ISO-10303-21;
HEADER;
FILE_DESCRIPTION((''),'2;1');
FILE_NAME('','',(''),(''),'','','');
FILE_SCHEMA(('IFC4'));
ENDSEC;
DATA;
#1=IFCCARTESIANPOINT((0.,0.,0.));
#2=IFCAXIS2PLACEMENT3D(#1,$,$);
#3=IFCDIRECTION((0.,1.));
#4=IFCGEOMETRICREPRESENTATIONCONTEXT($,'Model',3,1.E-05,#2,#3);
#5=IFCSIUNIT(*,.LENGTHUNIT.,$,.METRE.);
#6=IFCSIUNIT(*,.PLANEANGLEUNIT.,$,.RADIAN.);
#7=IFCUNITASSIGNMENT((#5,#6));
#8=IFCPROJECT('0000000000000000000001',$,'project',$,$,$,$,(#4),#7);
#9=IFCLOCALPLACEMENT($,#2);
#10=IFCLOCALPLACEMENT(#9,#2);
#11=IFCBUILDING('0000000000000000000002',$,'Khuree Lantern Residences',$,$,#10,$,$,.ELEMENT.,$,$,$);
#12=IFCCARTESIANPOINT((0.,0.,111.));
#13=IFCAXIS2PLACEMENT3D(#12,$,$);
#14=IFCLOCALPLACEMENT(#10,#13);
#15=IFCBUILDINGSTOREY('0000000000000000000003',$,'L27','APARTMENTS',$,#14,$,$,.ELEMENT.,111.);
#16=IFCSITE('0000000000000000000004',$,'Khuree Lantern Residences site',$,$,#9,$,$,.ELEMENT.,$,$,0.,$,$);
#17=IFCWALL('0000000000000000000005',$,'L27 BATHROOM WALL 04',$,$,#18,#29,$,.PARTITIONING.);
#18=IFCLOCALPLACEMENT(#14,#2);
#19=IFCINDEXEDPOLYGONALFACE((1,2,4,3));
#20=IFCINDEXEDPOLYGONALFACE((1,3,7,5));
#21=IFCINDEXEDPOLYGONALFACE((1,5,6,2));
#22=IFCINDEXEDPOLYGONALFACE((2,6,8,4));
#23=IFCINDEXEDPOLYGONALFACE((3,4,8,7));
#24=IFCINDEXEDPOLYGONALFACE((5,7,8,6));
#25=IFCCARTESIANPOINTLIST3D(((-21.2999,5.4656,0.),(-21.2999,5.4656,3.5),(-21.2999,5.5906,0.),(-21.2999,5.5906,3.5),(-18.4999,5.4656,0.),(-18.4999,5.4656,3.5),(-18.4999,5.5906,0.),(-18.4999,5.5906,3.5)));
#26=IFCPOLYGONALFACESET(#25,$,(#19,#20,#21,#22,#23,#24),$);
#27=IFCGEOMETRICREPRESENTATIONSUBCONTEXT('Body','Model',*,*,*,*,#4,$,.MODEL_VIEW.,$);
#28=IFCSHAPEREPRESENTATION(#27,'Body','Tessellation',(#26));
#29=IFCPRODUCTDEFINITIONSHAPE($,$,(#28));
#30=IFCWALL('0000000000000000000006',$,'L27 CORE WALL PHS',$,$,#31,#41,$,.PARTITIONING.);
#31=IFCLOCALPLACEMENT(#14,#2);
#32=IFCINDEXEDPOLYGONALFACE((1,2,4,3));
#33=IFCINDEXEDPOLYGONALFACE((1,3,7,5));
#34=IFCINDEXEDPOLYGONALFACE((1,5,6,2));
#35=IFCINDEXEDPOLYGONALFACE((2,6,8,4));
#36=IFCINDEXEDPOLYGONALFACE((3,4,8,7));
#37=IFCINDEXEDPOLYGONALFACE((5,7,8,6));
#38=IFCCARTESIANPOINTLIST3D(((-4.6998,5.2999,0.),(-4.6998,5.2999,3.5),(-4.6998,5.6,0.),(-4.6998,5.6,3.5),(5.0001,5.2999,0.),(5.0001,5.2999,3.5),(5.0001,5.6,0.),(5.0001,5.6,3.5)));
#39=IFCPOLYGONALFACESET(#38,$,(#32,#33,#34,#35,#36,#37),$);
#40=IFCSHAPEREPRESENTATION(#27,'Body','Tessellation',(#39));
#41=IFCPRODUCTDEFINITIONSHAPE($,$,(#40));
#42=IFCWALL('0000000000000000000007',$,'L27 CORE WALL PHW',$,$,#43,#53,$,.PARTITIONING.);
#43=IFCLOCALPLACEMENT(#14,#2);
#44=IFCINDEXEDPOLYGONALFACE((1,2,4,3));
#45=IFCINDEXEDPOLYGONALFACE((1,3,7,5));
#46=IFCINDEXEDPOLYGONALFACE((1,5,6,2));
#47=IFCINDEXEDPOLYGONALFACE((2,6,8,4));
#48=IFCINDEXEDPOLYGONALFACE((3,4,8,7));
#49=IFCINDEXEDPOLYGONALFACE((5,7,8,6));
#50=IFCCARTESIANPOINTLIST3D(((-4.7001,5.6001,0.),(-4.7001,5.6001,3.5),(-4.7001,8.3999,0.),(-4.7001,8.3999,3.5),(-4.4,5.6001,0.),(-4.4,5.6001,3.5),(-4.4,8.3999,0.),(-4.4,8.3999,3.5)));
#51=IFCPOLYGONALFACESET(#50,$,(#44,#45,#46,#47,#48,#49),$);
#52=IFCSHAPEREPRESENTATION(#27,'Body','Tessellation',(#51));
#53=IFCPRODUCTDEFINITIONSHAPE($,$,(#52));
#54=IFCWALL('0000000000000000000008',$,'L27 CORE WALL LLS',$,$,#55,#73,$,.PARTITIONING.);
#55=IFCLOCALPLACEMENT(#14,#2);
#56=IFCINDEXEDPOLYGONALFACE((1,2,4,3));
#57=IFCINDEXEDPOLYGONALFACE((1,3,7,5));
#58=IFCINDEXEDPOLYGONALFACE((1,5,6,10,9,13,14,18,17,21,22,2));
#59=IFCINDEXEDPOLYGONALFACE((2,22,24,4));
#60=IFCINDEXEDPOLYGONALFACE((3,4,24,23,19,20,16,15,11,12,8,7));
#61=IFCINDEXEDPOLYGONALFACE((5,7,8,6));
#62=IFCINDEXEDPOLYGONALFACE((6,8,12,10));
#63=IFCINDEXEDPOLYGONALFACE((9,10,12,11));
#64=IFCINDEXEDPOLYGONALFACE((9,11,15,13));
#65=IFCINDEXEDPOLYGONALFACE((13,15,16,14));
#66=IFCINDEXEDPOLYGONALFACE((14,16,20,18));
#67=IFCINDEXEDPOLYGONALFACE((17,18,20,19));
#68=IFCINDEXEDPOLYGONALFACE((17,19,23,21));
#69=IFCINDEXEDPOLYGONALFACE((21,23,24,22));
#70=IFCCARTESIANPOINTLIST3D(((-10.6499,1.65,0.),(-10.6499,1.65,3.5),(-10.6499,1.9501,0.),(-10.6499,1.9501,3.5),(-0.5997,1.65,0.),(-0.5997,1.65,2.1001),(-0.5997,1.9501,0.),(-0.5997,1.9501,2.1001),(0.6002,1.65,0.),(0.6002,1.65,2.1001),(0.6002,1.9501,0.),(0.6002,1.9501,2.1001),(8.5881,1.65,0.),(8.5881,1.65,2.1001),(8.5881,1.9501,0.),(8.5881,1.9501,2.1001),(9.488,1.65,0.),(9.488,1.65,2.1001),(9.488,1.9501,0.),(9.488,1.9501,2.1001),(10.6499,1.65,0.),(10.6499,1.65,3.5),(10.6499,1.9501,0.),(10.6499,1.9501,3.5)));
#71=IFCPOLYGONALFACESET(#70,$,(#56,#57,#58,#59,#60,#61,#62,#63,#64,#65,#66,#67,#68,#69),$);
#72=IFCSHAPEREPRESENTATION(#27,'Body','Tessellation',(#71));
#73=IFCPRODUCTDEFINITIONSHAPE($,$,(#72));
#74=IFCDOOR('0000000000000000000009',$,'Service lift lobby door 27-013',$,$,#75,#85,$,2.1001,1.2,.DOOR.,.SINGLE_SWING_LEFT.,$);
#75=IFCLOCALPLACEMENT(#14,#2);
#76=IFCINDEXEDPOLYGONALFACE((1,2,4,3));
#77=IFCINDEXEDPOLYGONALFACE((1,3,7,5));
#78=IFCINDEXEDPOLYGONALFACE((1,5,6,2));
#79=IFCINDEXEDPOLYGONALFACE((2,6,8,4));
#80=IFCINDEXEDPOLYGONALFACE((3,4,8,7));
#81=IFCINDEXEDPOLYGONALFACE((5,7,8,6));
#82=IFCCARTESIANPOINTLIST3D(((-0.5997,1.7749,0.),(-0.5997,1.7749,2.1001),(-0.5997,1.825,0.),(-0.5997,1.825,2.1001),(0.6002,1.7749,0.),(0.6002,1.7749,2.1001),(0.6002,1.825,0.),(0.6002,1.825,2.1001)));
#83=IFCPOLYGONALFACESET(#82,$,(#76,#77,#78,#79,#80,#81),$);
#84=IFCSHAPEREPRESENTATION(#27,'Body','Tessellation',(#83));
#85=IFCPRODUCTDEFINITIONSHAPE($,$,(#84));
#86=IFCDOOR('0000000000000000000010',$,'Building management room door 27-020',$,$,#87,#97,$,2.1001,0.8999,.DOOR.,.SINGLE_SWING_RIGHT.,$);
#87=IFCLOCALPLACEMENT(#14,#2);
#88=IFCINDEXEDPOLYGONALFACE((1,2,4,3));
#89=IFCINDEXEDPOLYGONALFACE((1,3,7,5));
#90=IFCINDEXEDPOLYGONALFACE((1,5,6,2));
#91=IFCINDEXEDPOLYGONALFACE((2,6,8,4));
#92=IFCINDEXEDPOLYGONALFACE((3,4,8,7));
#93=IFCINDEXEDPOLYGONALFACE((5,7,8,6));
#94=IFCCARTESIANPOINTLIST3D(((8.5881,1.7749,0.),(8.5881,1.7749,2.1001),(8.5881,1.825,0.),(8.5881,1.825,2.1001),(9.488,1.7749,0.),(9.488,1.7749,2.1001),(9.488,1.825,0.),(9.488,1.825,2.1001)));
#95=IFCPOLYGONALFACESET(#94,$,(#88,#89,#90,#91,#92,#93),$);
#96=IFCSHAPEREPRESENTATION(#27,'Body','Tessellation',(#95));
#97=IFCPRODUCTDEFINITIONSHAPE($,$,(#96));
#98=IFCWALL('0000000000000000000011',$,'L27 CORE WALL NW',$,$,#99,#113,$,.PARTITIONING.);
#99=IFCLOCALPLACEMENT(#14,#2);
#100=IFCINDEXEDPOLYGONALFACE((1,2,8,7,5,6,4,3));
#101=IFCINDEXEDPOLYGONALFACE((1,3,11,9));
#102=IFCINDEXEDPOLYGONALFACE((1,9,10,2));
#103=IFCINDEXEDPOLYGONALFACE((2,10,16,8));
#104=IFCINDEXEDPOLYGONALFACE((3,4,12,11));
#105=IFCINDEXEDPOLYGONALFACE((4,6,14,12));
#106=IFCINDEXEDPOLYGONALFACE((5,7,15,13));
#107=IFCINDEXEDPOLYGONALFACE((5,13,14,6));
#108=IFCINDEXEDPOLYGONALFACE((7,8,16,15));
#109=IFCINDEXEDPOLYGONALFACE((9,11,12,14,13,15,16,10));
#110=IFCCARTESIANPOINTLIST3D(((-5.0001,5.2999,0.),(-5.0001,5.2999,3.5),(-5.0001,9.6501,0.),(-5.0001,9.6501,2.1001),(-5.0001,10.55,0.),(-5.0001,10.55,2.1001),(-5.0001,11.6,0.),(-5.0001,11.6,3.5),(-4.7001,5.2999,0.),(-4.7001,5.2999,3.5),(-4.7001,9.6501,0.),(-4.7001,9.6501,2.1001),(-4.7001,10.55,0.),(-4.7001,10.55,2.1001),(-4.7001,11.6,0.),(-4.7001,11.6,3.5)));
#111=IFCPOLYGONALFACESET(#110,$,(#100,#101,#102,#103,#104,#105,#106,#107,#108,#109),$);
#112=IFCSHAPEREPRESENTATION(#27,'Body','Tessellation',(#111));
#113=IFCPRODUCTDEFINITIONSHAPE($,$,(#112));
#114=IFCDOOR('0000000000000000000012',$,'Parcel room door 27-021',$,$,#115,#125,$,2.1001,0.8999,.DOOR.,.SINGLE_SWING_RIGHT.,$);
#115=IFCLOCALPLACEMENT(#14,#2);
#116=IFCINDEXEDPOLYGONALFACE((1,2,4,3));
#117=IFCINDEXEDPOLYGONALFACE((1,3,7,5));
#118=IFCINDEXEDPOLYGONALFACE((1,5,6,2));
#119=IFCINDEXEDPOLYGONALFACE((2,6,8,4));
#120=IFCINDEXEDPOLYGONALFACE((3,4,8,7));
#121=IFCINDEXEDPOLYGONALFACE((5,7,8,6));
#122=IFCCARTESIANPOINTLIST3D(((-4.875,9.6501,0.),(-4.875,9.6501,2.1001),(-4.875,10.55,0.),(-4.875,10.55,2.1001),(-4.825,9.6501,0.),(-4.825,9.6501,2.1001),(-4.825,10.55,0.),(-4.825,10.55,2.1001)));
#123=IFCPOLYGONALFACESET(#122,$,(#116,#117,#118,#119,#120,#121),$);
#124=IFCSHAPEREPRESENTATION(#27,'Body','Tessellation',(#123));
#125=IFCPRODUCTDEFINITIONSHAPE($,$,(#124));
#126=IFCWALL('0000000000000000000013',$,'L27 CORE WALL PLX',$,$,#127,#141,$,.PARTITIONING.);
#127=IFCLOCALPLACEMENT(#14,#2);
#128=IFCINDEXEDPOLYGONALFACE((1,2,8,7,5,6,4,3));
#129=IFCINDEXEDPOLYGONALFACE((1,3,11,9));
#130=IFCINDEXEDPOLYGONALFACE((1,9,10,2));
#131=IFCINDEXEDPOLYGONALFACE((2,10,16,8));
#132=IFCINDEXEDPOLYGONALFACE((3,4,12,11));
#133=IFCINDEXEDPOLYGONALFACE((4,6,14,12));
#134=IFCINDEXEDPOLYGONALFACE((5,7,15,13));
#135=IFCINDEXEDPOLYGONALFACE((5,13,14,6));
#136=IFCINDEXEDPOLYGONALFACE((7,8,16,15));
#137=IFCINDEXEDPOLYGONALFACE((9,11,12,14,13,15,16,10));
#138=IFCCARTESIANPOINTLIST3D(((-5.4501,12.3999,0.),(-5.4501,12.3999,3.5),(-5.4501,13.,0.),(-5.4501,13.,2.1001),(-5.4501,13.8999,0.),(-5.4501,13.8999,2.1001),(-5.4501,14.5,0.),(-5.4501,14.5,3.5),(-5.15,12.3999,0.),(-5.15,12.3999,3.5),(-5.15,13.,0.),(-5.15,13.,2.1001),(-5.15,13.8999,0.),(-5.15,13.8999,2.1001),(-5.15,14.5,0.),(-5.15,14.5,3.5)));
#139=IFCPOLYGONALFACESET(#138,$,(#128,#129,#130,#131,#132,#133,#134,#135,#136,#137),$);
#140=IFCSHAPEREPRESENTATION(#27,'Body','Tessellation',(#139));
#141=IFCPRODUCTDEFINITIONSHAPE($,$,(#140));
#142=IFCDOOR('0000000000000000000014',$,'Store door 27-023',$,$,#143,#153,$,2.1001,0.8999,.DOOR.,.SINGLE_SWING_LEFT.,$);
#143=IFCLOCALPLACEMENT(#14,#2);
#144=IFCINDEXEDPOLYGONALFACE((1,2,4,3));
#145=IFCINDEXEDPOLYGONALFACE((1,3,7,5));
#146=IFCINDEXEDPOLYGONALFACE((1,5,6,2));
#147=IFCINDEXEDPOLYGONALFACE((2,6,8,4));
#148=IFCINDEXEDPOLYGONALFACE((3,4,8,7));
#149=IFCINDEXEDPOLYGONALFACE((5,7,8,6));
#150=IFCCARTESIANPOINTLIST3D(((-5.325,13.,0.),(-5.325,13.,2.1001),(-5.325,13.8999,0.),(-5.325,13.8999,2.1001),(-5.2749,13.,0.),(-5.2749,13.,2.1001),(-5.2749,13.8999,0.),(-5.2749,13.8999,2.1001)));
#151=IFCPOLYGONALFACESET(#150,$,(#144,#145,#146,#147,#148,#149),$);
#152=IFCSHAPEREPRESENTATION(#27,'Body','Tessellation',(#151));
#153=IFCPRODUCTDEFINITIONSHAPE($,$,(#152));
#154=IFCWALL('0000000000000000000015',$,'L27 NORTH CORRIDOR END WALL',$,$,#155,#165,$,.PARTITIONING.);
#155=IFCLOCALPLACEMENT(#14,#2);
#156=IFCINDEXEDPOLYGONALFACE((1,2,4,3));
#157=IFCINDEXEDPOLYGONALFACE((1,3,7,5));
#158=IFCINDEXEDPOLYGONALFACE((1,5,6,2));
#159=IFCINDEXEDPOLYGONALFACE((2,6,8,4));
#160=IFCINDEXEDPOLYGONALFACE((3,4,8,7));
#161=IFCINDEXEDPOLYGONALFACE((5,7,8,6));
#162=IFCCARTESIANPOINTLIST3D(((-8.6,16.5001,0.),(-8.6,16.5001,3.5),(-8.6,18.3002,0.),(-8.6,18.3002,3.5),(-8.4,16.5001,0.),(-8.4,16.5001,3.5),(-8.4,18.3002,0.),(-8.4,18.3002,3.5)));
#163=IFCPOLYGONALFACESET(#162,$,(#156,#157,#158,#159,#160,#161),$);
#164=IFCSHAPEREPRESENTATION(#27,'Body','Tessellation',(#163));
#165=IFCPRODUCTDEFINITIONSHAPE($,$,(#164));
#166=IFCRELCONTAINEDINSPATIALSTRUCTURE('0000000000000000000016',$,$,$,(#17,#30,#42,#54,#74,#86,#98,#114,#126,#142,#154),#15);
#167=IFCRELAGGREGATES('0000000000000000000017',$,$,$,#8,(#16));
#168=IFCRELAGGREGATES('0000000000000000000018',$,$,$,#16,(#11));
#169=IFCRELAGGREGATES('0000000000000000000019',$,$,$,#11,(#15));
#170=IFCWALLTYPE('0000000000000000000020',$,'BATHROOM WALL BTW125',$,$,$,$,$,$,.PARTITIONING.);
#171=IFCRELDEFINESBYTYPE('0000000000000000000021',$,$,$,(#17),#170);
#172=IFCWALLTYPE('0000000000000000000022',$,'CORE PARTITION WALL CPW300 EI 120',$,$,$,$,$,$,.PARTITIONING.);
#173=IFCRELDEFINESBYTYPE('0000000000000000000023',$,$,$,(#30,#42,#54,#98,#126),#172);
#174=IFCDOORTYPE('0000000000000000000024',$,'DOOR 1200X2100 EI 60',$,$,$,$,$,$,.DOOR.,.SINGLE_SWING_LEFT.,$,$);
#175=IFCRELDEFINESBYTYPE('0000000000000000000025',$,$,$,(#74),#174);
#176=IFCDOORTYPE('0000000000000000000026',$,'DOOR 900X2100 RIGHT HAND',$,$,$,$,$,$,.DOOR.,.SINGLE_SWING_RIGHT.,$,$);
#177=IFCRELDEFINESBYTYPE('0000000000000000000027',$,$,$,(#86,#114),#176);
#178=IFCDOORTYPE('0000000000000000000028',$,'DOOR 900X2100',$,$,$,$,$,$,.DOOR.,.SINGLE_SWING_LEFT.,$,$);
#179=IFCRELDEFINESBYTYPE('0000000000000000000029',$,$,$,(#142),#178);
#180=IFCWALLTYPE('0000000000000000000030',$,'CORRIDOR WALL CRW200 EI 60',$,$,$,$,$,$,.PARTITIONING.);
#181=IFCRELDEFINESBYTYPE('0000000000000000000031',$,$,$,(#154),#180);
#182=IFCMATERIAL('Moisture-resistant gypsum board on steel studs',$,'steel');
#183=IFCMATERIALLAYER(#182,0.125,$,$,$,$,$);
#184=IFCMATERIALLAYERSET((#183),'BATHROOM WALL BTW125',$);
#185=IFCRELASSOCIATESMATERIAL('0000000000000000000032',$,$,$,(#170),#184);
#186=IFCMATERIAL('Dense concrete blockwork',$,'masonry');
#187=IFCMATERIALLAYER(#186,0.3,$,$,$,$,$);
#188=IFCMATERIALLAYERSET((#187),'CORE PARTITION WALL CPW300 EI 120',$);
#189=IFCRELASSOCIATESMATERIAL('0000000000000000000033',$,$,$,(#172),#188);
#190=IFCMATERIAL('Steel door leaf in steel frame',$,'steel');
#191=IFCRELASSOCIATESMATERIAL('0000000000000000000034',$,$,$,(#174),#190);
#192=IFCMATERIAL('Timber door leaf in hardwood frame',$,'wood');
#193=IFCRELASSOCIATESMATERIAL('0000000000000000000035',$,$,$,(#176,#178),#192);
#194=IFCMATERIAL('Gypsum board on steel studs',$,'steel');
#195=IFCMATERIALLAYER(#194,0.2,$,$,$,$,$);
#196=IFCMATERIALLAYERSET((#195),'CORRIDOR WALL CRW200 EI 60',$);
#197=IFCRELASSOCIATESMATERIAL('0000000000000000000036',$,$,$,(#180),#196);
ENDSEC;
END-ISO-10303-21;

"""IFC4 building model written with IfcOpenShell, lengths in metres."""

from ifc_helpers import new_model, si_unit, direction, frame, frame_2d, origin, place, context, subcontext, project, spatial, rectangle, extrude, material, layer, layer_set, type_object, element, fill, save


model = new_model("IFC4")

# Units and contexts
model_context = context("Model", 3, precision=1e-05, world=origin(), true_north=direction((0.0, 1.0)))
body_context = subcontext(model_context, "Body", "Model", "MODEL_VIEW")
ifc_project = project(units=[si_unit("LENGTHUNIT", "METRE"), si_unit("PLANEANGLEUNIT", "RADIAN")], contexts=[model_context])

# Site, building, storey
site_placement = place(None, origin())
site = spatial("IfcSite", under=ifc_project, at=site_placement, Name="Khuree Lantern Residences site", CompositionType="ELEMENT", RefElevation=0.0)
building_placement = place(site_placement, origin())
building = spatial("IfcBuilding", under=site, at=building_placement, Name="Khuree Lantern Residences", CompositionType="ELEMENT")
storey_placement = place(building_placement, frame((0.0, 0.0, 111.0)))
storey = spatial("IfcBuildingStorey", under=building, at=storey_placement, Name="L27", Description="APARTMENTS", CompositionType="ELEMENT", Elevation=111.0)

# Shared definitions
ifc_material_1 = material(Name="Moisture-resistant gypsum board on steel studs", Category="steel")
ifc_layer_1 = layer(ifc_material_1, 0.125)
ifc_layer_set_1 = layer_set([ifc_layer_1], Name="BATHROOM WALL BTW125")
wall_type_1 = type_object("IfcWallType", Name="BATHROOM WALL BTW125", PredefinedType="PARTITIONING", material=ifc_layer_set_1)

# Shared definitions
ifc_material_2 = material(Name="Timber door leaf in hardwood frame", Category="wood")

# Walls
wall_1_placement = place(storey_placement, frame((-18.5, 5.5281, 0.0), z_axis=(0.0, 0.0, 1.0), x_axis=(-1.0, 0.0, 0.0)))
element("IfcWall", 1, at=wall_1_placement, inside=storey, type_object=wall_type_1, Name="L27 BATHROOM WALL 04", PredefinedType="PARTITIONING", context=body_context, shape_type="SweptSolid", body=[
    extrude(rectangle(XDim=2.8, YDim=0.125, at=frame_2d((1.3999, 0.0))), origin(), (0.0, 0.0, 1.0), 3.5),
])
ifc_material_3 = material(Name="Dense concrete blockwork", Category="masonry")
ifc_layer_2 = layer(ifc_material_3, 0.3)
ifc_layer_set_2 = layer_set([ifc_layer_2], Name="CORE PARTITION WALL CPW300 EI 120")
wall_type_2 = type_object("IfcWallType", Name="CORE PARTITION WALL CPW300 EI 120", PredefinedType="PARTITIONING", material=ifc_layer_set_2)
wall_2_placement = place(storey_placement, frame((-4.7, 5.45, 0.0), z_axis=(0.0, 0.0, 1.0), x_axis=(1.0, 0.0, 0.0)))
element("IfcWall", 2, at=wall_2_placement, inside=storey, type_object=wall_type_2, Name="L27 CORE WALL PHS", PredefinedType="PARTITIONING", context=body_context, shape_type="SweptSolid", body=[
    extrude(rectangle(XDim=9.7, YDim=0.3, at=frame_2d((4.8501, 0.0))), origin(), (0.0, 0.0, 1.0), 3.5),
])
wall_3_placement = place(storey_placement, frame((-4.55, 5.6001, 0.0), z_axis=(0.0, 0.0, 1.0), x_axis=(0.0, 1.0, 0.0)))
element("IfcWall", 3, at=wall_3_placement, inside=storey, type_object=wall_type_2, Name="L27 CORE WALL PHW", PredefinedType="PARTITIONING", context=body_context, shape_type="SweptSolid", body=[
    extrude(rectangle(XDim=2.7998, YDim=0.3, at=frame_2d((1.3999, 0.0))), origin(), (0.0, 0.0, 1.0), 3.5),
])

# Wall, openings, doors
wall_4_placement = place(storey_placement, frame((-10.6499, 1.8, 0.0), z_axis=(0.0, 0.0, 1.0), x_axis=(1.0, 0.0, 0.0)))
wall_4 = element("IfcWall", 4, at=wall_4_placement, inside=storey, type_object=wall_type_2, Name="L27 CORE WALL LLS", PredefinedType="PARTITIONING", context=body_context, shape_type="SweptSolid", body=[
    extrude(rectangle(XDim=21.2998, YDim=0.3, at=frame_2d((10.6499, 0.0))), origin(), (0.0, 0.0, 1.0), 3.5),
])
opening_1_placement = place(wall_4_placement, frame((10.05, 0.0, 0.0)))
opening_1 = element("IfcOpeningElement", 5, at=opening_1_placement, cuts=wall_4, PredefinedType="OPENING", context=body_context, shape_type="SweptSolid", body=[
    extrude(rectangle(XDim=1.2, YDim=2.1001, at=frame_2d((0.6001, 1.05))), frame((0.0, 0.1602, 0.0), z_axis=(0.0, -1.0, 0.0), x_axis=(1.0, 0.0, 0.0)), (0.0, 0.0, 1.0), 0.3201),
])
opening_2_placement = place(wall_4_placement, frame((19.238, 0.0, 0.0)))
opening_2 = element("IfcOpeningElement", 6, at=opening_2_placement, cuts=wall_4, PredefinedType="OPENING", context=body_context, shape_type="SweptSolid", body=[
    extrude(rectangle(XDim=0.8999, YDim=2.1001, at=frame_2d((0.45, 1.05))), frame((0.0, 0.1602, 0.0), z_axis=(0.0, -1.0, 0.0), x_axis=(1.0, 0.0, 0.0)), (0.0, 0.0, 1.0), 0.3201),
])
ifc_material_4 = material(Name="Steel door leaf in steel frame", Category="steel")
door_type_1 = type_object("IfcDoorType", Name="DOOR 1200X2100 EI 60", OperationType="SINGLE_SWING_LEFT", PredefinedType="DOOR", material=ifc_material_4)
door_1_placement = place(opening_1_placement, origin())
door_1 = element("IfcDoor", 7, at=door_1_placement, inside=storey, type_object=door_type_1, Name="Service lift lobby door 27-013", OperationType="SINGLE_SWING_LEFT", OverallHeight=2.1001, OverallWidth=1.2, PredefinedType="DOOR", context=body_context, shape_type="SweptSolid", body=[
    extrude(rectangle(XDim=1.2, YDim=2.1001, at=frame_2d((0.6001, 1.05))), frame((0.0, 0.0249, 0.0), z_axis=(0.0, -1.0, 0.0), x_axis=(1.0, 0.0, 0.0)), (0.0, 0.0, 1.0), 0.05),
])
fill(opening_1, door_1)
door_type_2 = type_object("IfcDoorType", Name="DOOR 900X2100 RIGHT HAND", OperationType="SINGLE_SWING_RIGHT", PredefinedType="DOOR", material=ifc_material_2)
door_2_placement = place(opening_2_placement, origin())
door_2 = element("IfcDoor", 8, at=door_2_placement, inside=storey, type_object=door_type_2, Name="Building management room door 27-020", OperationType="SINGLE_SWING_RIGHT", OverallHeight=2.1001, OverallWidth=0.8999, PredefinedType="DOOR", context=body_context, shape_type="SweptSolid", body=[
    extrude(rectangle(XDim=0.8999, YDim=2.1001, at=frame_2d((0.45, 1.05))), frame((0.0, 0.0249, 0.0), z_axis=(0.0, -1.0, 0.0), x_axis=(1.0, 0.0, 0.0)), (0.0, 0.0, 1.0), 0.05),
])
fill(opening_2, door_2)

# Walls, openings, doors
wall_5_placement = place(storey_placement, frame((-4.8501, 5.3, 0.0), z_axis=(0.0, 0.0, 1.0), x_axis=(0.0, 1.0, 0.0)))
wall_5 = element("IfcWall", 9, at=wall_5_placement, inside=storey, type_object=wall_type_2, Name="L27 CORE WALL NW", PredefinedType="PARTITIONING", context=body_context, shape_type="SweptSolid", body=[
    extrude(rectangle(XDim=6.3, YDim=0.3, at=frame_2d((3.1499, 0.0))), origin(), (0.0, 0.0, 1.0), 3.5),
])
opening_3_placement = place(wall_5_placement, frame((4.3501, 0.0, 0.0)))
opening_3 = element("IfcOpeningElement", 10, at=opening_3_placement, cuts=wall_5, PredefinedType="OPENING", context=body_context, shape_type="SweptSolid", body=[
    extrude(rectangle(XDim=0.8999, YDim=2.1001, at=frame_2d((0.45, 1.05))), frame((0.0, 0.1602, 0.0), z_axis=(0.0, -1.0, 0.0), x_axis=(1.0, 0.0, 0.0)), (0.0, 0.0, 1.0), 0.3201),
])
door_3_placement = place(opening_3_placement, origin())
door_3 = element("IfcDoor", 11, at=door_3_placement, inside=storey, type_object=door_type_2, Name="Parcel room door 27-021", OperationType="SINGLE_SWING_RIGHT", OverallHeight=2.1001, OverallWidth=0.8999, PredefinedType="DOOR", context=body_context, shape_type="SweptSolid", body=[
    extrude(rectangle(XDim=0.8999, YDim=2.1001, at=frame_2d((0.45, 1.05))), frame((0.0, 0.0249, 0.0), z_axis=(0.0, -1.0, 0.0), x_axis=(1.0, 0.0, 0.0)), (0.0, 0.0, 1.0), 0.05),
])
fill(opening_3, door_3)
wall_6_placement = place(storey_placement, frame((-5.3, 12.3999, 0.0), z_axis=(0.0, 0.0, 1.0), x_axis=(0.0, 1.0, 0.0)))
wall_6 = element("IfcWall", 12, at=wall_6_placement, inside=storey, type_object=wall_type_2, Name="L27 CORE WALL PLX", PredefinedType="PARTITIONING", context=body_context, shape_type="SweptSolid", body=[
    extrude(rectangle(XDim=2.1001, YDim=0.3, at=frame_2d((1.05, 0.0))), origin(), (0.0, 0.0, 1.0), 3.5),
])
opening_4_placement = place(wall_6_placement, frame((0.6001, 0.0, 0.0)))
opening_4 = element("IfcOpeningElement", 13, at=opening_4_placement, cuts=wall_6, PredefinedType="OPENING", context=body_context, shape_type="SweptSolid", body=[
    extrude(rectangle(XDim=0.8999, YDim=2.1001, at=frame_2d((0.45, 1.05))), frame((0.0, 0.1602, 0.0), z_axis=(0.0, -1.0, 0.0), x_axis=(1.0, 0.0, 0.0)), (0.0, 0.0, 1.0), 0.3201),
])
door_type_3 = type_object("IfcDoorType", Name="DOOR 900X2100", OperationType="SINGLE_SWING_LEFT", PredefinedType="DOOR", material=ifc_material_2)
door_4_placement = place(opening_4_placement, origin())
door_4 = element("IfcDoor", 14, at=door_4_placement, inside=storey, type_object=door_type_3, Name="Store door 27-023", OperationType="SINGLE_SWING_LEFT", OverallHeight=2.1001, OverallWidth=0.8999, PredefinedType="DOOR", context=body_context, shape_type="SweptSolid", body=[
    extrude(rectangle(XDim=0.8999, YDim=2.1001, at=frame_2d((0.45, 1.05))), frame((0.0, 0.0249, 0.0), z_axis=(0.0, -1.0, 0.0), x_axis=(1.0, 0.0, 0.0)), (0.0, 0.0, 1.0), 0.05),
])
fill(opening_4, door_4)

# Wall
ifc_material_5 = material(Name="Gypsum board on steel studs", Category="steel")
ifc_layer_3 = layer(ifc_material_5, 0.2)
ifc_layer_set_3 = layer_set([ifc_layer_3], Name="CORRIDOR WALL CRW200 EI 60")
wall_type_3 = type_object("IfcWallType", Name="CORRIDOR WALL CRW200 EI 60", PredefinedType="PARTITIONING", material=ifc_layer_set_3)
wall_7_placement = place(storey_placement, frame((-8.5, 18.3, 0.0), z_axis=(0.0, 0.0, 1.0), x_axis=(0.0, -1.0, 0.0)))
element("IfcWall", 15, at=wall_7_placement, inside=storey, type_object=wall_type_3, Name="L27 NORTH CORRIDOR END WALL", PredefinedType="PARTITIONING", context=body_context, shape_type="SweptSolid", body=[
    extrude(rectangle(XDim=1.8, YDim=0.2, at=frame_2d((0.8999, 0.0))), origin(), (0.0, 0.0, 1.0), 3.5),
])

save(model, "model.ifc")
